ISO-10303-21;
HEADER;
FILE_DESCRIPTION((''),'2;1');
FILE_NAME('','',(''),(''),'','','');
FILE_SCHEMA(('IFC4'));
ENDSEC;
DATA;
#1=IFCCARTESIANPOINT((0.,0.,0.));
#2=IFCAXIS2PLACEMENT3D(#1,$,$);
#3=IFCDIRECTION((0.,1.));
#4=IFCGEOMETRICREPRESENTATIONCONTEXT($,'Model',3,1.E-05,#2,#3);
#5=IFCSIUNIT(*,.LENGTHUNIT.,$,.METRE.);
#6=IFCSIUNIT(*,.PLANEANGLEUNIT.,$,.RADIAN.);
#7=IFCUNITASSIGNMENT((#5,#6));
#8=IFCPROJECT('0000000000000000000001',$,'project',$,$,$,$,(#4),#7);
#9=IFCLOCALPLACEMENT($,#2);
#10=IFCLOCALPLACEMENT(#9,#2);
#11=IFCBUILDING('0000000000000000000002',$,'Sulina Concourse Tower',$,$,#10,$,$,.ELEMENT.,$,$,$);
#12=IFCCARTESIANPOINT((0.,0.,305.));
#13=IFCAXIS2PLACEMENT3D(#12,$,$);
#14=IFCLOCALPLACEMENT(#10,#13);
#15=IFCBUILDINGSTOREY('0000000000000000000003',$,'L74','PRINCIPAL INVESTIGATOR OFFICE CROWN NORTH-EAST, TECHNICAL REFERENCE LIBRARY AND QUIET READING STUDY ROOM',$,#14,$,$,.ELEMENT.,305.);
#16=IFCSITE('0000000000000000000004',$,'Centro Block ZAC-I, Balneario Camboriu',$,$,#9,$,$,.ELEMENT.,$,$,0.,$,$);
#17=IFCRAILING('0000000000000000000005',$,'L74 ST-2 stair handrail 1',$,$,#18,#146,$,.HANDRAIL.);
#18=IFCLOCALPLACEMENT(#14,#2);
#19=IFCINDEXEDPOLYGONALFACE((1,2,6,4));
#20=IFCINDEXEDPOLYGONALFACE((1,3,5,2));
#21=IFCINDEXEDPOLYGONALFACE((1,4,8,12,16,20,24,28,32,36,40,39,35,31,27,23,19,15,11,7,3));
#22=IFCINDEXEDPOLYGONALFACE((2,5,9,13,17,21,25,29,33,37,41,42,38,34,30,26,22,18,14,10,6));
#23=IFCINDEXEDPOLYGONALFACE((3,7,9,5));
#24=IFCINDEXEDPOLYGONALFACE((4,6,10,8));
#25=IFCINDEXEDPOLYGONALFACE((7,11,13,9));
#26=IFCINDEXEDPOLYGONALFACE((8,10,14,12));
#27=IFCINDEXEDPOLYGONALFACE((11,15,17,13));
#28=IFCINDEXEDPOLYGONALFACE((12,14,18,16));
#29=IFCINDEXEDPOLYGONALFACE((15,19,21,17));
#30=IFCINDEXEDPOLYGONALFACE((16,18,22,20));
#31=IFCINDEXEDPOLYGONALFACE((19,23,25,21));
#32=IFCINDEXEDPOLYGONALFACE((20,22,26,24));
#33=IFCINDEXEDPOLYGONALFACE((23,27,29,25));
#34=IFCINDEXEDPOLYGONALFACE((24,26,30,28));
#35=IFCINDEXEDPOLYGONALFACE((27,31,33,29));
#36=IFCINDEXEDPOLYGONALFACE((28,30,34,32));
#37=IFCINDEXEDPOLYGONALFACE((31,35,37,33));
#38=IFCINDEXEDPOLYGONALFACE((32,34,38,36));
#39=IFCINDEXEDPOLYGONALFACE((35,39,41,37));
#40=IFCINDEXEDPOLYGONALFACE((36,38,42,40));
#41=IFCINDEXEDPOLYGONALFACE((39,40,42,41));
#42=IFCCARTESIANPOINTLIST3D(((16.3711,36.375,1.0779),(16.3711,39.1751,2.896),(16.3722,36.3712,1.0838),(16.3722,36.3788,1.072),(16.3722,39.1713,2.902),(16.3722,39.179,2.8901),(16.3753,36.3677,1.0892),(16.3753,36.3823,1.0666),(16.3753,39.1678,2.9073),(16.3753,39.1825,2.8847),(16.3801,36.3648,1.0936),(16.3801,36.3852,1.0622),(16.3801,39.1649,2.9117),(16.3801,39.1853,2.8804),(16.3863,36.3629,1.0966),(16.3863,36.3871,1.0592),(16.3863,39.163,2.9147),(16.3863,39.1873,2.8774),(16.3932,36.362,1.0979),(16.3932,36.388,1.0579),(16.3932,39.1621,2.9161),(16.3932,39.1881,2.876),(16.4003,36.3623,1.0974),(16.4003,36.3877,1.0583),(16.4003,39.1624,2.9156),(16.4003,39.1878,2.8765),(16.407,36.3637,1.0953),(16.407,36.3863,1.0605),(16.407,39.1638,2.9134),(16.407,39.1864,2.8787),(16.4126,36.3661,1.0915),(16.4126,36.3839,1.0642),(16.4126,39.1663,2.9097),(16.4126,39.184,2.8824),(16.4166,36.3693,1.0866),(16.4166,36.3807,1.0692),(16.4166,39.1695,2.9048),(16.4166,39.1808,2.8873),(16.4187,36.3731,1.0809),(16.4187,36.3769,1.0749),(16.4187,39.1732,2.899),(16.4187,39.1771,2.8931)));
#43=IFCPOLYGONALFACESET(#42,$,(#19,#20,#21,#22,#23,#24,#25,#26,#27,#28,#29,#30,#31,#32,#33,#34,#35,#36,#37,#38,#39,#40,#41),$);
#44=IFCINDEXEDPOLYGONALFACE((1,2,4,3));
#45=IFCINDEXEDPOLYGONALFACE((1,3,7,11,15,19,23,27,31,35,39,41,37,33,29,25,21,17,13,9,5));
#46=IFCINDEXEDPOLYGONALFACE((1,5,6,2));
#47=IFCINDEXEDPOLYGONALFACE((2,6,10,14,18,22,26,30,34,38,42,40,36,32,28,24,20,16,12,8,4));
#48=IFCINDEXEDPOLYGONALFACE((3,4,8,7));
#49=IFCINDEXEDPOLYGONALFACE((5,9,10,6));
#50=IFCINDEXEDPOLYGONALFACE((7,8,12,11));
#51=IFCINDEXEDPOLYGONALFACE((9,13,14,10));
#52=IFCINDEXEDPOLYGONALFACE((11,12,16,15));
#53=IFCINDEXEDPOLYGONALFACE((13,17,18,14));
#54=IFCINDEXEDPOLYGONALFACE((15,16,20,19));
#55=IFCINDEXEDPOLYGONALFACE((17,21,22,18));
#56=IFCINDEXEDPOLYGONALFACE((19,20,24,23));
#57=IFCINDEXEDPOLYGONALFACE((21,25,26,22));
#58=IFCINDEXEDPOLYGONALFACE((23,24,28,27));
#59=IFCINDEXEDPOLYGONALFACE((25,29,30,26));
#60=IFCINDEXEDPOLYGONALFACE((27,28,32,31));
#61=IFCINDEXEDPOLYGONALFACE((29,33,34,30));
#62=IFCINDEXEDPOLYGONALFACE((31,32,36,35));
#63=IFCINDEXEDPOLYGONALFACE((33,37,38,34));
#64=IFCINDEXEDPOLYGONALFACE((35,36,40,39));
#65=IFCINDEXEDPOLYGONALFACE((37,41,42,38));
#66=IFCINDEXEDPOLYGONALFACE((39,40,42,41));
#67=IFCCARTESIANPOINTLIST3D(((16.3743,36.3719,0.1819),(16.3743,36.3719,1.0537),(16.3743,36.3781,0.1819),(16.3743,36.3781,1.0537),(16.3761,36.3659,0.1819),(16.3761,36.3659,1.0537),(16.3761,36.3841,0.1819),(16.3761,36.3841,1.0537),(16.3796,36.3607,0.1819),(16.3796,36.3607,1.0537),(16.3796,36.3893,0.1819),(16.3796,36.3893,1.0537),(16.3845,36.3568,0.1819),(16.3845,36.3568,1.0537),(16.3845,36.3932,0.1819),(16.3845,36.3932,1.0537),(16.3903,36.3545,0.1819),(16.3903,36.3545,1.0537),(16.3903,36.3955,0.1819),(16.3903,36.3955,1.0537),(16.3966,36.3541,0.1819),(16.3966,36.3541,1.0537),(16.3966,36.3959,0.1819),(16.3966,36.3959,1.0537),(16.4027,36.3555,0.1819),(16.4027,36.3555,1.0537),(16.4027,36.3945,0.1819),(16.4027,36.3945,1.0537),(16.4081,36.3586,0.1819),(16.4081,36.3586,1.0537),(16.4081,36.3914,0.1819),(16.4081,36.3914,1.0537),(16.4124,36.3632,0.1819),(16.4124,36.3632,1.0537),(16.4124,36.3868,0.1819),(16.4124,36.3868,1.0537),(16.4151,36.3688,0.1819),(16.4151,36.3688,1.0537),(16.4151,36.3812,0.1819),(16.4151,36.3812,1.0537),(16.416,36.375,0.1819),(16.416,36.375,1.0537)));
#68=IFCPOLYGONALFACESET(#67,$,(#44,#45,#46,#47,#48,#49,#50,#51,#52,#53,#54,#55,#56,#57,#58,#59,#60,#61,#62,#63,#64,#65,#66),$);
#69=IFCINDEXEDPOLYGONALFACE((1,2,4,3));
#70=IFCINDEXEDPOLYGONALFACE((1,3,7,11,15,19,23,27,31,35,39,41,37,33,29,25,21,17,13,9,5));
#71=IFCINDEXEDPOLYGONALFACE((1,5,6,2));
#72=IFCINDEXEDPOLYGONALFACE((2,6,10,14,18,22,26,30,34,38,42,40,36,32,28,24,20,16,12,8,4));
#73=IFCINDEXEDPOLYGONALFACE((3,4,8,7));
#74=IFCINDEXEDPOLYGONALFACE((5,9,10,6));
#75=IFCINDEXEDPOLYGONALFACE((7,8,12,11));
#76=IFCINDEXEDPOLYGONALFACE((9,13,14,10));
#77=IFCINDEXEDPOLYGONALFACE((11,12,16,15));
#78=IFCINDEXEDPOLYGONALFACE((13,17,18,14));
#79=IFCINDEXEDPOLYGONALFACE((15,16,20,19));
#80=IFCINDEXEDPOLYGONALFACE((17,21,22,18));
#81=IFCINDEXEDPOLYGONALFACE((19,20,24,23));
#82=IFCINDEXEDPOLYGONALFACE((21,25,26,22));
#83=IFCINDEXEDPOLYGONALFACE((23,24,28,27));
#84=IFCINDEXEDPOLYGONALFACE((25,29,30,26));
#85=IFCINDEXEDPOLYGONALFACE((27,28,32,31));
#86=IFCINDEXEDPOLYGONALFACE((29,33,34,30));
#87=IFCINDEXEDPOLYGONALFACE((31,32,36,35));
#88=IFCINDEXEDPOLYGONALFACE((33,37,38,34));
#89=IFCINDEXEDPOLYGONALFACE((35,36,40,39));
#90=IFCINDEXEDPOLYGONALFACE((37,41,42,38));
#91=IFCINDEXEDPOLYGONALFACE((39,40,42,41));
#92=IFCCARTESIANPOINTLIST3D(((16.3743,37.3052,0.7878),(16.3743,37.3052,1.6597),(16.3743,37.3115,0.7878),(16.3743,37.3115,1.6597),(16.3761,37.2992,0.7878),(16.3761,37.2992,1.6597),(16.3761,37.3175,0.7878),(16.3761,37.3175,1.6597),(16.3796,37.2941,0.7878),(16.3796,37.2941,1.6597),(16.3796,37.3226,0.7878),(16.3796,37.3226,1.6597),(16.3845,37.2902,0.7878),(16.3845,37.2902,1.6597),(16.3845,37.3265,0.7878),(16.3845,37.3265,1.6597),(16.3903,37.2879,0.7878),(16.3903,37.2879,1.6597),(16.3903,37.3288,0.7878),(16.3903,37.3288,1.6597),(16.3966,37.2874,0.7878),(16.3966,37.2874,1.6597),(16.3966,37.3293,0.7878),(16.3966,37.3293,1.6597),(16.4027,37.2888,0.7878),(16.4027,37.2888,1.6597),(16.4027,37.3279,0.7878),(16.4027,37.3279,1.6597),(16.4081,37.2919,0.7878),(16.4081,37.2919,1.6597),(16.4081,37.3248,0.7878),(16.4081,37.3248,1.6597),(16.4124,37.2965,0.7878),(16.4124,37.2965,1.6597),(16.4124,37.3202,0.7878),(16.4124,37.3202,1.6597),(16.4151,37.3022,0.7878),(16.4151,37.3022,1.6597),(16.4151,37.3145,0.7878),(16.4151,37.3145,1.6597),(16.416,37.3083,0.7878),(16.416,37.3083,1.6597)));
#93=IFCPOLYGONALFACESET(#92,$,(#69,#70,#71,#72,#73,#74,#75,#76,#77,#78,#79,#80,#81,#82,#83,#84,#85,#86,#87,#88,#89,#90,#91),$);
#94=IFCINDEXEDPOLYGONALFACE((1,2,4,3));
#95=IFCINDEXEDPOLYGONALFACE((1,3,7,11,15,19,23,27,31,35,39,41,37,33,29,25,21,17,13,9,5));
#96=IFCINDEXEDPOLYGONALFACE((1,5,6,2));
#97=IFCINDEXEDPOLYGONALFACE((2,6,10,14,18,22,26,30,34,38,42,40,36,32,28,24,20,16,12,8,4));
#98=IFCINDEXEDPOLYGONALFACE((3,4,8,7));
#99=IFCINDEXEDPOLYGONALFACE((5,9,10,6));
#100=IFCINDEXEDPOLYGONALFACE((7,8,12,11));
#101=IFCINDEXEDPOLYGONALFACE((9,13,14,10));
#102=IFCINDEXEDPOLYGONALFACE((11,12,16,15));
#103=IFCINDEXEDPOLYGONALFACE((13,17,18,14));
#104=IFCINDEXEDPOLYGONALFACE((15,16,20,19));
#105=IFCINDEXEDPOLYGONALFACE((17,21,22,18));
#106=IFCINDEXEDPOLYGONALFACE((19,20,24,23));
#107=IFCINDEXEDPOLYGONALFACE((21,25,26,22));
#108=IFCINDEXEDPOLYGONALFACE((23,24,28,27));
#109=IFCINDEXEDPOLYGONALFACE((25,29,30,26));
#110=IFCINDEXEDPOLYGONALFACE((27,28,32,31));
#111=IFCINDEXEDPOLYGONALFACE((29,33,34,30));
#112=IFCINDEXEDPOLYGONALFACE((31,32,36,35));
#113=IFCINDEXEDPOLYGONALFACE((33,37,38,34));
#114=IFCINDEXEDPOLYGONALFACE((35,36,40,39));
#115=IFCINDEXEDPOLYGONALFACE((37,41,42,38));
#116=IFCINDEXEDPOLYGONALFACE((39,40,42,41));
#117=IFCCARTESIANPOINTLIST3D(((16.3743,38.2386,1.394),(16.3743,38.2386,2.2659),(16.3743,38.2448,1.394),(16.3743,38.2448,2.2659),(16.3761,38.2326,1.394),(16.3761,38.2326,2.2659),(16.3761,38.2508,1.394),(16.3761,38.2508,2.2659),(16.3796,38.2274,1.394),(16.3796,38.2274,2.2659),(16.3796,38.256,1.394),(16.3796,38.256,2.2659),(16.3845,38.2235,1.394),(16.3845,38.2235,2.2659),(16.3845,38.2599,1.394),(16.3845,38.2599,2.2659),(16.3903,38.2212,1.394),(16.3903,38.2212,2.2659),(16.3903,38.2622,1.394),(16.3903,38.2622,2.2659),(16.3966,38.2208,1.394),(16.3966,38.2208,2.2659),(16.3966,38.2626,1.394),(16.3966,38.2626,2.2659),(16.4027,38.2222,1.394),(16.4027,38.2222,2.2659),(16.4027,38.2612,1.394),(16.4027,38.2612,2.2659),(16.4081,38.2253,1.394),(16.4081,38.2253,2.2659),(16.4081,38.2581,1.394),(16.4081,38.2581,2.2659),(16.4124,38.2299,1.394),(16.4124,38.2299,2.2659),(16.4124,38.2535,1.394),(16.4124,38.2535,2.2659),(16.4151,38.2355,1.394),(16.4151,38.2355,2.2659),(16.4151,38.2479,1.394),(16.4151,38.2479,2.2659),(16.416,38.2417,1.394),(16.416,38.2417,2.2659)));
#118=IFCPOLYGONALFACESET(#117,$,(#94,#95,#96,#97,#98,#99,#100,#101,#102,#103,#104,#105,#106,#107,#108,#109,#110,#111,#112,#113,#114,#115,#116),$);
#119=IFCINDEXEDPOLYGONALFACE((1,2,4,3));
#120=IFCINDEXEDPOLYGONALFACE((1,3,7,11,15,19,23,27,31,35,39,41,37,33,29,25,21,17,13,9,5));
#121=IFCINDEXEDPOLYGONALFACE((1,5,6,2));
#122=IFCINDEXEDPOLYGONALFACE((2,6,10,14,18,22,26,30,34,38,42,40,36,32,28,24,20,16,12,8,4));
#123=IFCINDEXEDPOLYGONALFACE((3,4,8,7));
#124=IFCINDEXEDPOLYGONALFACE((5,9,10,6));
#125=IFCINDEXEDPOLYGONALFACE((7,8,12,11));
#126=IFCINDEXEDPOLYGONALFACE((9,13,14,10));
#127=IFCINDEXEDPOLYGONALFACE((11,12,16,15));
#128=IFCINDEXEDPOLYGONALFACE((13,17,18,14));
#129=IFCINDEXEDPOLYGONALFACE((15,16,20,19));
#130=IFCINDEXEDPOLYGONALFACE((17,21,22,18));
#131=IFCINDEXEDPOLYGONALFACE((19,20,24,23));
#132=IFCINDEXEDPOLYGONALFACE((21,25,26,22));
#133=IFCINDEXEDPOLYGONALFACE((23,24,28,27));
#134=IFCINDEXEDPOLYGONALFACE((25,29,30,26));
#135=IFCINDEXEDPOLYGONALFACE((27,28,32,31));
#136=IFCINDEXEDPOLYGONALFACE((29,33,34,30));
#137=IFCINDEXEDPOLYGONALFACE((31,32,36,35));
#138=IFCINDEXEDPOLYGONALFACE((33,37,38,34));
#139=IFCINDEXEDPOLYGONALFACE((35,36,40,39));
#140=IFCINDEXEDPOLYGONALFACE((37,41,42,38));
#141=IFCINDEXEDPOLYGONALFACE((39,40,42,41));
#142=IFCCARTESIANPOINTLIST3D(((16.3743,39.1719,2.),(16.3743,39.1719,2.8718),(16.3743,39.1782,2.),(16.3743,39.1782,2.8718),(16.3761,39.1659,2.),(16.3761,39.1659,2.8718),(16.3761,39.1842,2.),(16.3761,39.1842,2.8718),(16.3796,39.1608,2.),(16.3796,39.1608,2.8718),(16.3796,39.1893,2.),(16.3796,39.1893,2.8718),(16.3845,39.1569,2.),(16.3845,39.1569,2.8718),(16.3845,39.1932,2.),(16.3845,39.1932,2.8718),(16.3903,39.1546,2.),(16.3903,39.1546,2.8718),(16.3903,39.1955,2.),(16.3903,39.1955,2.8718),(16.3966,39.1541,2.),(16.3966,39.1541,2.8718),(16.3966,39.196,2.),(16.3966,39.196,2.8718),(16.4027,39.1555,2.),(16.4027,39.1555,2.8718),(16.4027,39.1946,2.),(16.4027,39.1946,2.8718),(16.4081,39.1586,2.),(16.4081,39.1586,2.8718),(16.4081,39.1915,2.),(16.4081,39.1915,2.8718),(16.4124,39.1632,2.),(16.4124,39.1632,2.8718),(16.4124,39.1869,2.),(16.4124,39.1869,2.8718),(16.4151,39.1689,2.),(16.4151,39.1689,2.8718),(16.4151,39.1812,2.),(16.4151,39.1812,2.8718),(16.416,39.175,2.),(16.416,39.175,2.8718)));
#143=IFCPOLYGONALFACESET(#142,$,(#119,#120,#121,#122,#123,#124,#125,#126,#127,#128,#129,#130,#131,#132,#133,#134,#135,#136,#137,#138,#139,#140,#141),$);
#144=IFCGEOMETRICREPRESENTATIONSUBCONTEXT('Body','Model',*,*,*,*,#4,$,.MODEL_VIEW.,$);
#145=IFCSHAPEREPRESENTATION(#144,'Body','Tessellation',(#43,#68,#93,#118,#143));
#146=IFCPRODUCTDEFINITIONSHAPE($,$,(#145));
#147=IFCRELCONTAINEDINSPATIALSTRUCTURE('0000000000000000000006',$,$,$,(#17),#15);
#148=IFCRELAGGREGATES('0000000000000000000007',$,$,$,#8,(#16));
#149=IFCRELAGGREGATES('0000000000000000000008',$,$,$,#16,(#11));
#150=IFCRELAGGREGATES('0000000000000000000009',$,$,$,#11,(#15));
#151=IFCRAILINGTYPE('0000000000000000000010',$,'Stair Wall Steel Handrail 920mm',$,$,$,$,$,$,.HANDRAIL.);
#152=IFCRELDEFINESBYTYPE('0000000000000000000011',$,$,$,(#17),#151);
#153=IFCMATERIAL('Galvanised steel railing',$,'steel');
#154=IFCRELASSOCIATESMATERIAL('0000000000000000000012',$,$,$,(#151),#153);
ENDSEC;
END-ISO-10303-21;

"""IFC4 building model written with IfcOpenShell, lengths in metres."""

from ifc_helpers import new_model, si_unit, direction, frame, origin, origin_2d, place, context, subcontext, project, spatial, circle, extrude, material, type_object, element, save


model = new_model("IFC4")

# Units and contexts
model_context = context("Model", 3, precision=1e-05, world=origin(), true_north=direction((0.0, 1.0)))
body_context = subcontext(model_context, "Body", "Model", "MODEL_VIEW")
ifc_project = project(units=[si_unit("LENGTHUNIT", "METRE"), si_unit("PLANEANGLEUNIT", "RADIAN")], contexts=[model_context])

# Site, building, storey
site_placement = place(None, origin())
site = spatial("IfcSite", under=ifc_project, at=site_placement, Name="Centro Block ZAC-I, Balneario Camboriu", CompositionType="ELEMENT", RefElevation=0.0)
building_placement = place(site_placement, origin())
building = spatial("IfcBuilding", under=site, at=building_placement, Name="Sulina Concourse Tower", CompositionType="ELEMENT")
storey_placement = place(building_placement, frame((0.0, 0.0, 305.0)))
storey = spatial("IfcBuildingStorey", under=building, at=storey_placement, Name="L74", Description="PRINCIPAL INVESTIGATOR OFFICE CROWN NORTH-EAST, TECHNICAL REFERENCE LIBRARY AND QUIET READING STUDY ROOM", CompositionType="ELEMENT", Elevation=305.0)

# Railing
ifc_material_1 = material(Name="Galvanised steel railing", Category="steel")
railing_type_1 = type_object("IfcRailingType", Name="Stair Wall Steel Handrail 920mm", PredefinedType="HANDRAIL", material=ifc_material_1)
railing_1_placement = place(storey_placement, frame((16.395, 36.375, 0.1819)))
element("IfcRailing", 1, at=railing_1_placement, inside=storey, type_object=railing_type_1, Name="L74 ST-2 stair handrail 1", PredefinedType="HANDRAIL", context=body_context, shape_type="SweptSolid", body=[
    extrude(circle(Radius=0.0239, at=origin_2d()), frame((0.0, 0.0, 0.896), z_axis=(0.0, 0.838706, 0.544585), x_axis=(-1.0, 0.0, 0.0)), (0.0, 0.0, 1.0), 3.3386),
    extrude(circle(Radius=0.021, at=origin_2d()), origin(), (0.0, 0.0, 1.0), 0.8718),
    extrude(circle(Radius=0.021, at=origin_2d()), frame((0.0, 0.9333, 0.606)), (0.0, 0.0, 1.0), 0.8718),
    extrude(circle(Radius=0.021, at=origin_2d()), frame((0.0, 1.8667, 1.2122)), (0.0, 0.0, 1.0), 0.8718),
    extrude(circle(Radius=0.021, at=origin_2d()), frame((0.0, 2.8, 1.8181)), (0.0, 0.0, 1.0), 0.8718),
])

save(model, "model.ifc")
